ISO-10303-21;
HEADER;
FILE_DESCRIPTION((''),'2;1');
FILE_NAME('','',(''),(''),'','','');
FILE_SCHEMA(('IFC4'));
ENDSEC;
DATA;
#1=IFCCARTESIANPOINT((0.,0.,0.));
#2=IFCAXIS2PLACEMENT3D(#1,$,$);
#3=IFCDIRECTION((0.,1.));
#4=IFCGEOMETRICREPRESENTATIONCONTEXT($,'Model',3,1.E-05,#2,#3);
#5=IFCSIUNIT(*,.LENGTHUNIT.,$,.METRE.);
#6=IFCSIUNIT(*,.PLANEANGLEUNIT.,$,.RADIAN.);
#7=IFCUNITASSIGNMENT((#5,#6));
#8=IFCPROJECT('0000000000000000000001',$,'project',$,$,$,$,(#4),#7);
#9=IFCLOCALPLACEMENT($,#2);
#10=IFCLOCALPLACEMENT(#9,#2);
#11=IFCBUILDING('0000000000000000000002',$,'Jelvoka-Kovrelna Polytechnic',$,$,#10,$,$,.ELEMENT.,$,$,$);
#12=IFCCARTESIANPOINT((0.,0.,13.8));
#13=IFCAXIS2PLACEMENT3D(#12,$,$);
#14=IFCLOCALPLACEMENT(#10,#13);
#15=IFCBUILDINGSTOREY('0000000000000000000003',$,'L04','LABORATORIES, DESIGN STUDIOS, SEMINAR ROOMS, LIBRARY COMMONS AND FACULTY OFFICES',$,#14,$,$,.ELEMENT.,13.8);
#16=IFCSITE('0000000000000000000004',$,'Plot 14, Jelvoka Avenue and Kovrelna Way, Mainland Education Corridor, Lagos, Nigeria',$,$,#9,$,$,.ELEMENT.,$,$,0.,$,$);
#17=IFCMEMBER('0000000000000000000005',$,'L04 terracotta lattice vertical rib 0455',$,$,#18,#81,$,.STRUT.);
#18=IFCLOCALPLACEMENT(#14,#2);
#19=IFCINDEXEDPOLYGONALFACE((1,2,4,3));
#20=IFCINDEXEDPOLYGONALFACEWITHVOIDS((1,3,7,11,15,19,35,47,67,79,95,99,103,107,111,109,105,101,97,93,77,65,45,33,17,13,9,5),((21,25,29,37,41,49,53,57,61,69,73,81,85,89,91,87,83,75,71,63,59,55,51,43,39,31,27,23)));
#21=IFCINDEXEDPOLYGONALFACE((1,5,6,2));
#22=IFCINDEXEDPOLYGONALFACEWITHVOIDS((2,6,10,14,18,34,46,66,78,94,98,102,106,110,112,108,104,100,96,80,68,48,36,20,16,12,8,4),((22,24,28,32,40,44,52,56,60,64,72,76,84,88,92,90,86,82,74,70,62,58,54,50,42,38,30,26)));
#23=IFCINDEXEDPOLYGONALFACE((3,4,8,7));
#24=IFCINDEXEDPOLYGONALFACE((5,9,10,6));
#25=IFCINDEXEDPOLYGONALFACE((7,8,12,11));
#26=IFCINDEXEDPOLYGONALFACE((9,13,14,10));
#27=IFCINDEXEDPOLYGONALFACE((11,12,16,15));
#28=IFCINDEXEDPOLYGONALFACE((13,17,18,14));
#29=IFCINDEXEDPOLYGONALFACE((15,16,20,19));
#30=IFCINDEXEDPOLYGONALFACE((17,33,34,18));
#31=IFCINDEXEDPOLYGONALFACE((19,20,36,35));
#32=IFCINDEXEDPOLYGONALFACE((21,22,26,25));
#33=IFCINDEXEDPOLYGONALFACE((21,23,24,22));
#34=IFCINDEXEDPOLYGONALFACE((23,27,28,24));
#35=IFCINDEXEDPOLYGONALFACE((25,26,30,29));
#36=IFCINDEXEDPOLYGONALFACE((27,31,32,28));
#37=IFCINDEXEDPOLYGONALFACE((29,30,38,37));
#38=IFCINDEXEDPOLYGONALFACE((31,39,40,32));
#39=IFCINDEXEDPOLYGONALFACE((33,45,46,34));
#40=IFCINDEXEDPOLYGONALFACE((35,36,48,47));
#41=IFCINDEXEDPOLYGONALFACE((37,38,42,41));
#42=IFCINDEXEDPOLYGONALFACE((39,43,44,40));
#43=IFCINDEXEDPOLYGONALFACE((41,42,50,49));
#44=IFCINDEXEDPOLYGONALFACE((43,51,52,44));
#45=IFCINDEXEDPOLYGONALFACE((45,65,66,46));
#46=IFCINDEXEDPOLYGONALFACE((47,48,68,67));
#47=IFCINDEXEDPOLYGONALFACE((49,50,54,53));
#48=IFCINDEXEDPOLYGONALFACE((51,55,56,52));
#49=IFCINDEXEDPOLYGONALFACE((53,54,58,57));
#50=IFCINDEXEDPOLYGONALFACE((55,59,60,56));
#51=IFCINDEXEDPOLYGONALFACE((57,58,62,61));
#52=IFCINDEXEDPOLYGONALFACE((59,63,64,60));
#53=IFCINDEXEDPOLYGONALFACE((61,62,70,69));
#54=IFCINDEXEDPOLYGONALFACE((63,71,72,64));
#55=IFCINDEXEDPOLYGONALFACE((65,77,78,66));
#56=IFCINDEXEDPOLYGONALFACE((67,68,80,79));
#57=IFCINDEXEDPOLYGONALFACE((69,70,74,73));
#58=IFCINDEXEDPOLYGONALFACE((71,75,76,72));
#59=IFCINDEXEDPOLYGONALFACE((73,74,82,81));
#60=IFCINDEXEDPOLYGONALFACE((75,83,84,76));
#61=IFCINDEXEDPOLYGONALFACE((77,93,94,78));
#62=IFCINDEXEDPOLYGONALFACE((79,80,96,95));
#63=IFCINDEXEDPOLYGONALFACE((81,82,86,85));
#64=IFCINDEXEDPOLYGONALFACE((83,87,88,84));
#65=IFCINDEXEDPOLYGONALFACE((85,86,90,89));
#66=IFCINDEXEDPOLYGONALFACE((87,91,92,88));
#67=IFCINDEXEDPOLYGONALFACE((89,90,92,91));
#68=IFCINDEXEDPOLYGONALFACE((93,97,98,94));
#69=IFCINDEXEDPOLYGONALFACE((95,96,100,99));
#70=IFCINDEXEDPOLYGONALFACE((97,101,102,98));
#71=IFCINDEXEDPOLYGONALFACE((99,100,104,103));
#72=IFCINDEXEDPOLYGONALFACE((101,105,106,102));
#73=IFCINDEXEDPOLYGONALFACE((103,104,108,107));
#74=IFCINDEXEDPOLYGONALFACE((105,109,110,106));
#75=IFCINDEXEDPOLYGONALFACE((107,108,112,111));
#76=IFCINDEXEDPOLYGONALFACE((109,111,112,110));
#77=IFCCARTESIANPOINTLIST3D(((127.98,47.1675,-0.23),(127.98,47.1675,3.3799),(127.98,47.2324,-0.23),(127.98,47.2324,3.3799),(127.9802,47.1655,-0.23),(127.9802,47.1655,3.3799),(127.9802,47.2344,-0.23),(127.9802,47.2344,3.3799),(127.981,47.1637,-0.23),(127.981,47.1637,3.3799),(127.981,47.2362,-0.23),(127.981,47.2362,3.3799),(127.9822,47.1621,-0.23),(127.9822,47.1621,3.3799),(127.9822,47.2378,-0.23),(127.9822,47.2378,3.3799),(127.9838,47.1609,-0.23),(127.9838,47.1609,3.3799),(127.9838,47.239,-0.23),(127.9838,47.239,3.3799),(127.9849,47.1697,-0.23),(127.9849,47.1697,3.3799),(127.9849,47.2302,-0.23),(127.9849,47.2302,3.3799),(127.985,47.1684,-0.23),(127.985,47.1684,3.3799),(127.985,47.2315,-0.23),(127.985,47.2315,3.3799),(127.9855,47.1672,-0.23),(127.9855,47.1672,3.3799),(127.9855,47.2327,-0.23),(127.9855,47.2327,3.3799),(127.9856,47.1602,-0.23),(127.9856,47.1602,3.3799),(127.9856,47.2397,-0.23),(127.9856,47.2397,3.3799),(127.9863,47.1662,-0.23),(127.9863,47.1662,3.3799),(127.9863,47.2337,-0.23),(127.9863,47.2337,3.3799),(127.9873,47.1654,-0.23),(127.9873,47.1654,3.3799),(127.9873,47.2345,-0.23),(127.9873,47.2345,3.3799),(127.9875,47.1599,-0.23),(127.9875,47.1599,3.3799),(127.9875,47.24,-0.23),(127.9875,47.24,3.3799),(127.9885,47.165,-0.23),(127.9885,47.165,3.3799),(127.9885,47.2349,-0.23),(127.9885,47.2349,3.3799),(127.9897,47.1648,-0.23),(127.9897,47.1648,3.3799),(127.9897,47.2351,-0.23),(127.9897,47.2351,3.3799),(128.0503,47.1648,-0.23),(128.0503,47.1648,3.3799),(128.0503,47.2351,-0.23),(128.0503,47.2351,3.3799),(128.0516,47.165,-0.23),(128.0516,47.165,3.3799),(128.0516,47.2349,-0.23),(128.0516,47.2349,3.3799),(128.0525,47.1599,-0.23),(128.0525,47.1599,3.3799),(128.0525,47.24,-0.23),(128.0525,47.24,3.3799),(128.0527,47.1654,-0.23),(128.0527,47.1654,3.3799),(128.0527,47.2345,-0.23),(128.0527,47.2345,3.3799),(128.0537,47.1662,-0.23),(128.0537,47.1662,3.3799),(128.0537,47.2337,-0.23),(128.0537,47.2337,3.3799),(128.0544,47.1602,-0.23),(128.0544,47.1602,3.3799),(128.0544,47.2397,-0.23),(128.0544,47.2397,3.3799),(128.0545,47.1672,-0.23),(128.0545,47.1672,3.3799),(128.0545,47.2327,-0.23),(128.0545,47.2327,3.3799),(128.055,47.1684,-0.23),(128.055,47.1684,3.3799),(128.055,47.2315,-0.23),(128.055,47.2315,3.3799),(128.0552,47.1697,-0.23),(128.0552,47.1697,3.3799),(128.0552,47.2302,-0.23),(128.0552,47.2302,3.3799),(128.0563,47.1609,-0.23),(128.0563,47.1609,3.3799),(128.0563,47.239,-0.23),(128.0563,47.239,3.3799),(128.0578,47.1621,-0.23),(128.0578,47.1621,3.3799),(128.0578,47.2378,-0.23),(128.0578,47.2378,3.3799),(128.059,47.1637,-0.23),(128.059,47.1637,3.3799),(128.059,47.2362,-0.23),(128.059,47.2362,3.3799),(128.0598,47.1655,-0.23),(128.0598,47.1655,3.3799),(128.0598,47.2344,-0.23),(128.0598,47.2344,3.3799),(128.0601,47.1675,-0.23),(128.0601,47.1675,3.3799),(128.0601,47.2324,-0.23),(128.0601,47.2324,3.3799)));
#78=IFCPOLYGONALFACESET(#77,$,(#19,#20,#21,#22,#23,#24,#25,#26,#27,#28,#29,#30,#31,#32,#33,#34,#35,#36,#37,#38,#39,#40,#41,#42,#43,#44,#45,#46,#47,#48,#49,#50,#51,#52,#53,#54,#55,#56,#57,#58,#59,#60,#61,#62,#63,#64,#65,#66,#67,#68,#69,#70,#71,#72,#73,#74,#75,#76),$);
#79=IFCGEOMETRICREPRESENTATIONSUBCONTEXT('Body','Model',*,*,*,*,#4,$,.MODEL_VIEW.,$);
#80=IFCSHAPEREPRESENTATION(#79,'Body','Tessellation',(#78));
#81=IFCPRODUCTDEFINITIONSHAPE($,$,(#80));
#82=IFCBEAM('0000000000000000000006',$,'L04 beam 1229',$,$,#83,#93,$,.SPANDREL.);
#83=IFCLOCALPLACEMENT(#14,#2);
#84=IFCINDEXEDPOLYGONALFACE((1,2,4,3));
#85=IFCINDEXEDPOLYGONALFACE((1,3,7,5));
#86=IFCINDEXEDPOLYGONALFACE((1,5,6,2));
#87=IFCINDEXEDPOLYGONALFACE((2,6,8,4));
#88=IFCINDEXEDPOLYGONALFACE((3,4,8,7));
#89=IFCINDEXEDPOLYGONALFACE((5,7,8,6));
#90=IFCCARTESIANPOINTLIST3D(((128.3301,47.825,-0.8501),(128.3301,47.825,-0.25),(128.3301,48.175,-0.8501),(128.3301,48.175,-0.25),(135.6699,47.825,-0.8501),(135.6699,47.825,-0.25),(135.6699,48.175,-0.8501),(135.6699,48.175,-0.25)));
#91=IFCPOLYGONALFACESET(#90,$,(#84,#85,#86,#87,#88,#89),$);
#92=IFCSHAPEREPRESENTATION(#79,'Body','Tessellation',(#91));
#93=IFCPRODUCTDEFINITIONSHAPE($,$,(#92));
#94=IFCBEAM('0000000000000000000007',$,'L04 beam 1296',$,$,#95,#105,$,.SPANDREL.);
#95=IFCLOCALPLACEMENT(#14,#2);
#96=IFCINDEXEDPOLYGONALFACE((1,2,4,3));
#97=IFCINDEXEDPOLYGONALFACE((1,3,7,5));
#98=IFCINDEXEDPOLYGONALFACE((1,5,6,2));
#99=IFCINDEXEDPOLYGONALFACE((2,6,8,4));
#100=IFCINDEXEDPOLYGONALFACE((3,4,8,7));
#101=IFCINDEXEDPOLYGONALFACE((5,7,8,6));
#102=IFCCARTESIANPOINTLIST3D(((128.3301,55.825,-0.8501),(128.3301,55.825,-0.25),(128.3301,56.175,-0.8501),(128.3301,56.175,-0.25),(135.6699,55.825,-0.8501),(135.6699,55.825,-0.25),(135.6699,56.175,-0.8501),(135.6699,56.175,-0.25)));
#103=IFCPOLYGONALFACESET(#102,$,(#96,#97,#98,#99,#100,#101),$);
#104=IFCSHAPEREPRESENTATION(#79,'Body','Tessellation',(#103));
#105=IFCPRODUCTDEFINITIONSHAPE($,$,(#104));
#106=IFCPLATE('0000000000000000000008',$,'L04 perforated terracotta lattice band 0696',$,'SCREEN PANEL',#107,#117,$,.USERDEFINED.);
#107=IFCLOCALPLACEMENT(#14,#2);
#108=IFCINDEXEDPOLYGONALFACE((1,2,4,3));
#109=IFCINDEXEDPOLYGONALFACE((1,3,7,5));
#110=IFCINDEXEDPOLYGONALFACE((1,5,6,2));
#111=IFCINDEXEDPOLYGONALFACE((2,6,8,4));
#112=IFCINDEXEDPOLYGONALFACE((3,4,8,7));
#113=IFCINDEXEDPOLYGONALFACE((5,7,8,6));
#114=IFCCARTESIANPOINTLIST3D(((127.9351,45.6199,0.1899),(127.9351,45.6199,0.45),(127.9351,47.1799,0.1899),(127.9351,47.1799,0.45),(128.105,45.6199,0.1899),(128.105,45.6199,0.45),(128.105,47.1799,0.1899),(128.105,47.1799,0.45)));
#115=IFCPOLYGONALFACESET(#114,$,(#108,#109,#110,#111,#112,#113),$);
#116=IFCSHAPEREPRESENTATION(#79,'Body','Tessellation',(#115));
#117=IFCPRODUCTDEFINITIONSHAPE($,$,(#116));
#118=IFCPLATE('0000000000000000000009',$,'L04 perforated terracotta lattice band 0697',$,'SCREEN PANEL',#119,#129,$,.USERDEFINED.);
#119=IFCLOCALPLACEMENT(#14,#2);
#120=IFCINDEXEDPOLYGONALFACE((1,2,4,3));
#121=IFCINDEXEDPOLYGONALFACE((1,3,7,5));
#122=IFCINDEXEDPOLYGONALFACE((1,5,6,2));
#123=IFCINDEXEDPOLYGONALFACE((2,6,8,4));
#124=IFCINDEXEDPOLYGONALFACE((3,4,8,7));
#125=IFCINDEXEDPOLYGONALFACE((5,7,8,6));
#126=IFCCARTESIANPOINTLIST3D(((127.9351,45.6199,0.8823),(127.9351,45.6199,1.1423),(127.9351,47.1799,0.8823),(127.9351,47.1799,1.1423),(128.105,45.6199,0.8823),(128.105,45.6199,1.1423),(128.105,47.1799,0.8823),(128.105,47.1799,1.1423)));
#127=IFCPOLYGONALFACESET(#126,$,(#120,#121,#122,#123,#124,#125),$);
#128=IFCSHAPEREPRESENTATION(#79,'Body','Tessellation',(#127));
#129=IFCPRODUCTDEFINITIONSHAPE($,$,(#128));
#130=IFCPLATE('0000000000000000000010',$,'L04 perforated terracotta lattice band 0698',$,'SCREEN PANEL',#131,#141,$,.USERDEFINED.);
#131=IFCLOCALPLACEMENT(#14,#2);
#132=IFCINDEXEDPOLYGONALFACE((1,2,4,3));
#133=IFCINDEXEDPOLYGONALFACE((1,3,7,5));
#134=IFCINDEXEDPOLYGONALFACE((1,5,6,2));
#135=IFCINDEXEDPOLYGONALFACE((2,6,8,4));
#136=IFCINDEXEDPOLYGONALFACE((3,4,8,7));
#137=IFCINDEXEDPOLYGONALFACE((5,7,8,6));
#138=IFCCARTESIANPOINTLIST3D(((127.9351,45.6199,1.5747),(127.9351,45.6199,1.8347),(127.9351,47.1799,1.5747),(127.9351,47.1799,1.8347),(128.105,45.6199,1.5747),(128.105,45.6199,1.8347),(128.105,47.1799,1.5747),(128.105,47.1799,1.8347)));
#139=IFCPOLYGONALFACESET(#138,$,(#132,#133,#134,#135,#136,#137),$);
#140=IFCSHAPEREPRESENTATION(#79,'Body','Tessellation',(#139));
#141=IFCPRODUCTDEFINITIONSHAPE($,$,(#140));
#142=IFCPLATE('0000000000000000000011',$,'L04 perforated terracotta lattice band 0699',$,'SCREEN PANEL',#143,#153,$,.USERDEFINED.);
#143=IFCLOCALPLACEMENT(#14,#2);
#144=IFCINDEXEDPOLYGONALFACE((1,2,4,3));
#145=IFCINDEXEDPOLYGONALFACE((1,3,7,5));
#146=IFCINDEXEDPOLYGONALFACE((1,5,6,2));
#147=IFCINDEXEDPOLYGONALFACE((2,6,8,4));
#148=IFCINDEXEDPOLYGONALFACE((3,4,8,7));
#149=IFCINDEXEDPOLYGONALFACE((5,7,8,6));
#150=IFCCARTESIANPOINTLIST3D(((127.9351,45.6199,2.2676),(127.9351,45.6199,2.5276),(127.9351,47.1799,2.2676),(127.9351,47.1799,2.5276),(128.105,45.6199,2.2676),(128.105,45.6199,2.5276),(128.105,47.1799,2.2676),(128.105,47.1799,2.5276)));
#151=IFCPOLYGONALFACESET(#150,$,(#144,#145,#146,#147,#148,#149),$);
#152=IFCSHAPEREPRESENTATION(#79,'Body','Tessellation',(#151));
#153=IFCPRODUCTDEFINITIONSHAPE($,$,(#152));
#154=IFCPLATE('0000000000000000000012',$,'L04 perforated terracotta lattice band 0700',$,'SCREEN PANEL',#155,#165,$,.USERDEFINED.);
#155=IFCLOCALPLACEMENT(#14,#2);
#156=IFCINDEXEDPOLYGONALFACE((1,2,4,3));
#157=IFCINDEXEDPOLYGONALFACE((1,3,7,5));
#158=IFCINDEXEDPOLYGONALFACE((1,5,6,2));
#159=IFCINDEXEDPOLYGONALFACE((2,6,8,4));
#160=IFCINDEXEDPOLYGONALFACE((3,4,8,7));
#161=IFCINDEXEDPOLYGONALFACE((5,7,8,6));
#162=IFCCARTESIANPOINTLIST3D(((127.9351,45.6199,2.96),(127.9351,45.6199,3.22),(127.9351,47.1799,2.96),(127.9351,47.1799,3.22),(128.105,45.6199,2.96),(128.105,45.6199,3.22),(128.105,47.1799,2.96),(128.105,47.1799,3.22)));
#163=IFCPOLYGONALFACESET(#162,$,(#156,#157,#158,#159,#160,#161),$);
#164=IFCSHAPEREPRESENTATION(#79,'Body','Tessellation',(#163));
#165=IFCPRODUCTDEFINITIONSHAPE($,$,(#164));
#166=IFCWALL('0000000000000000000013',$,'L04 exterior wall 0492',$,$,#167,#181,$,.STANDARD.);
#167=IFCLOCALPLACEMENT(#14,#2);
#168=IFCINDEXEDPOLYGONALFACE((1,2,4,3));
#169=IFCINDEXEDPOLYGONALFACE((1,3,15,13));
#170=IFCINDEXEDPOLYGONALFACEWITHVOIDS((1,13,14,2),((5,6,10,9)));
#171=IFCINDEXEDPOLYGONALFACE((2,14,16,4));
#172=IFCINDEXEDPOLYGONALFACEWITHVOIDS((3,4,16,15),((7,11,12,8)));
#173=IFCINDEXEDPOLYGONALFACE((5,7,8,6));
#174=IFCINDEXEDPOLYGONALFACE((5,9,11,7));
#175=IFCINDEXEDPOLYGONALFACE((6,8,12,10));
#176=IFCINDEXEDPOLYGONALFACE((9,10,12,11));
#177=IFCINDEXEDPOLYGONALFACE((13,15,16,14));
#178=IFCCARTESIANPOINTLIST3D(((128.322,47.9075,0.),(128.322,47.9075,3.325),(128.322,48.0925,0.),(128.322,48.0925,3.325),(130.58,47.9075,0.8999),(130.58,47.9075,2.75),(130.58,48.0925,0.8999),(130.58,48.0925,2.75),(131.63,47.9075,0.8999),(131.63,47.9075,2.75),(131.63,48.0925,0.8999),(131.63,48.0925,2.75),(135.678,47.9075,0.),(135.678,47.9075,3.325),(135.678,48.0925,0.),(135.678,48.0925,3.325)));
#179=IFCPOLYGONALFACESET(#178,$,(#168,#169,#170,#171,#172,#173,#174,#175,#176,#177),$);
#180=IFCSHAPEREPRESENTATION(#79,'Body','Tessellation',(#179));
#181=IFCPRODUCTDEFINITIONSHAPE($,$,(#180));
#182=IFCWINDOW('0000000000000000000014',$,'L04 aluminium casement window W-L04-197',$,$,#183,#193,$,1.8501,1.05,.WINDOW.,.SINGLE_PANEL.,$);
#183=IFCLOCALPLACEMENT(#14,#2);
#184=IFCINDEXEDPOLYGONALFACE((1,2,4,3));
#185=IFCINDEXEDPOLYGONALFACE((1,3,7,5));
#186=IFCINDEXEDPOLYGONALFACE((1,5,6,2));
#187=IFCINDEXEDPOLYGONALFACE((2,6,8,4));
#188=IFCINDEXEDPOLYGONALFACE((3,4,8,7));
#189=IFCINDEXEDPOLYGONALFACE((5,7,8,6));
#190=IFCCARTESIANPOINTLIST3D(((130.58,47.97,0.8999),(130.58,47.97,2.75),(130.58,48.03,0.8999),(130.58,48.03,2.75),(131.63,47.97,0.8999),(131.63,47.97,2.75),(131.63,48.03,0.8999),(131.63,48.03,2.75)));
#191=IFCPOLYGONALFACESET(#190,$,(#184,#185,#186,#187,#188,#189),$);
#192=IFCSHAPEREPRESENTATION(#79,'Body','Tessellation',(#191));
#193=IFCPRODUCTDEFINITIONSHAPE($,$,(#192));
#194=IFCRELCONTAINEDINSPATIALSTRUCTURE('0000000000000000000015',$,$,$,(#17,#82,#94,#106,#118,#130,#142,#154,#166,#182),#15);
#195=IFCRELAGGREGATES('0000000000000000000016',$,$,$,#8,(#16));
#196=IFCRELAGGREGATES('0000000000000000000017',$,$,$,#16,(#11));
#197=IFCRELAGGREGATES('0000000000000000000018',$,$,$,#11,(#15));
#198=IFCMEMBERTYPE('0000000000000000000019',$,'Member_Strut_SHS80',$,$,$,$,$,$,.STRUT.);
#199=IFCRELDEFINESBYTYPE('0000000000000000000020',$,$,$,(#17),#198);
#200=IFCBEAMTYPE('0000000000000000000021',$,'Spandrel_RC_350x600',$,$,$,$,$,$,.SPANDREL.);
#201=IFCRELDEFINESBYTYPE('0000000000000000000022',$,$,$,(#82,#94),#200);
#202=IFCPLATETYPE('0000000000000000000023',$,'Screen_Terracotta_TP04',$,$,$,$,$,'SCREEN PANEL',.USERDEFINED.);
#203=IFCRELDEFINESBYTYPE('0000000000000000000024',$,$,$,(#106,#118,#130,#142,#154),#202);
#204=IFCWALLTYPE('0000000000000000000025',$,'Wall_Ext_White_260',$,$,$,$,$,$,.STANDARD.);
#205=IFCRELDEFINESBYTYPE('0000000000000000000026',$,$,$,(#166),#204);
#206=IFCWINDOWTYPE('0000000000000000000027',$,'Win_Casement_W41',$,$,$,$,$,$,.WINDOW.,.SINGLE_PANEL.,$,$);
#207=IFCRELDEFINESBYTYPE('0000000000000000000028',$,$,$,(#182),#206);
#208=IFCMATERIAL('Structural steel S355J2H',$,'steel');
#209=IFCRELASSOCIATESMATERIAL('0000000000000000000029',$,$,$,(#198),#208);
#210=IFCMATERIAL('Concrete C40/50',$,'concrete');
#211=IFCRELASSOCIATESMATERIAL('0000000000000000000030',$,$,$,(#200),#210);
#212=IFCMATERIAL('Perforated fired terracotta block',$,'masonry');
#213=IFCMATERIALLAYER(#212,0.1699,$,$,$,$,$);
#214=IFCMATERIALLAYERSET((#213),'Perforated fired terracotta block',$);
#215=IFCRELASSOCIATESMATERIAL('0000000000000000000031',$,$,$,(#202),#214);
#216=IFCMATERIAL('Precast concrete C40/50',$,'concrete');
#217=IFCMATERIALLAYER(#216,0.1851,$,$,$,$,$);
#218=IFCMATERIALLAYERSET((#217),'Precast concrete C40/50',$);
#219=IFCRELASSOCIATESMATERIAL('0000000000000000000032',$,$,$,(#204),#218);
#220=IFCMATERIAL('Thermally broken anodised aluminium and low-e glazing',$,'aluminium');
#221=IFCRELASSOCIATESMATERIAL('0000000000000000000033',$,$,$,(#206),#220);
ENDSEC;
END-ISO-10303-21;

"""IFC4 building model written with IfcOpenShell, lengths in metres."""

from ifc_helpers import new_model, si_unit, direction, frame, frame_2d, origin, origin_2d, place, context, subcontext, project, spatial, rectangle, hollow_rectangle, extrude, material, layer, layer_set, material_profile, profile_set, type_object, element, fill, save


model = new_model("IFC4")

# Units and contexts
model_context = context("Model", 3, precision=1e-05, world=origin(), true_north=direction((0.0, 1.0)))
body_context = subcontext(model_context, "Body", "Model", "MODEL_VIEW")
ifc_project = project(units=[si_unit("LENGTHUNIT", "METRE"), si_unit("PLANEANGLEUNIT", "RADIAN")], contexts=[model_context])

# Site, building, storey
site_placement = place(None, origin())
site = spatial("IfcSite", under=ifc_project, at=site_placement, Name="Plot 14, Jelvoka Avenue and Kovrelna Way, Mainland Education Corridor, Lagos, Nigeria", CompositionType="ELEMENT", RefElevation=0.0)
building_placement = place(site_placement, origin())
building = spatial("IfcBuilding", under=site, at=building_placement, Name="Jelvoka-Kovrelna Polytechnic", CompositionType="ELEMENT")
storey_placement = place(building_placement, frame((0.0, 0.0, 13.8)))
storey = spatial("IfcBuildingStorey", under=building, at=storey_placement, Name="L04", Description="LABORATORIES, DESIGN STUDIOS, SEMINAR ROOMS, LIBRARY COMMONS AND FACULTY OFFICES", CompositionType="ELEMENT", Elevation=13.8)

# Member
ifc_material_1 = material(Name="Structural steel S355J2H", Category="steel")
ifc_material_profile_1 = material_profile(ifc_material_1, hollow_rectangle(XDim=0.0801, YDim=0.0801, WallThickness=0.0049, InnerFilletRadius=0.0049, OuterFilletRadius=0.0076, at=origin_2d()), Name="80x80x5.0 SHS")
ifc_profile_set_1 = profile_set([ifc_material_profile_1], Name="Structural steel S355J2H")
member_type_1 = type_object("IfcMemberType", Name="Member_Strut_SHS80", PredefinedType="STRUT", material=ifc_profile_set_1)
for number, where, z_axis, x_axis, name in (
    (1, (128.02, 47.2, -0.23), (0.0, 0.0, 1.0), (1.0, 0.0, 0.0), "L04 terracotta lattice vertical rib 0455"),
):
    element("IfcMember", number, at=place(storey_placement, frame(where, z_axis=z_axis, x_axis=x_axis)), inside=storey, type_object=member_type_1, Name=name, PredefinedType="STRUT", context=body_context, shape_type="SweptSolid", body=[
        extrude(hollow_rectangle(XDim=0.0801, YDim=0.0801, WallThickness=0.0049, InnerFilletRadius=0.0049, OuterFilletRadius=0.0076, at=origin_2d()), origin(), (0.0, 0.0, 1.0), 3.6099),
    ])

# Beams
ifc_material_2 = material(Name="Concrete C40/50", Category="concrete")
ifc_material_profile_2 = material_profile(ifc_material_2, rectangle(XDim=0.3501, YDim=0.6001, at=origin_2d()), Name="RC 350x600")
ifc_profile_set_2 = profile_set([ifc_material_profile_2], Name="Concrete C40/50")
beam_type = type_object("IfcBeamType", Name="Spandrel_RC_350x600", PredefinedType="SPANDREL", material=ifc_profile_set_2)
for number, where, z_axis, x_axis, name in (
    (2, (128.3301, 48.0, -0.55), (1.0, 0.0, 0.0), (0.0, 1.0, 0.0), "L04 beam 1229"),
    (3, (128.3301, 56.0, -0.55), (1.0, 0.0, 0.0), (0.0, 1.0, 0.0), "L04 beam 1296"),
):
    element("IfcBeam", number, at=place(storey_placement, frame(where, z_axis=z_axis, x_axis=x_axis)), inside=storey, type_object=beam_type, Name=name, PredefinedType="SPANDREL", context=body_context, shape_type="SweptSolid", body=[
        extrude(rectangle(XDim=0.3501, YDim=0.6001, at=origin_2d()), origin(), (0.0, 0.0, 1.0), 7.3398),
    ])

# Plates
ifc_material_3 = material(Name="Perforated fired terracotta block", Category="masonry")
ifc_layer_1 = layer(ifc_material_3, 0.1699)
ifc_layer_set_1 = layer_set([ifc_layer_1], Name="Perforated fired terracotta block")
plate_type = type_object("IfcPlateType", Name="Screen_Terracotta_TP04", ElementType="SCREEN PANEL", PredefinedType="USERDEFINED", material=ifc_layer_set_1)
for number, where, z_axis, x_axis, name in (
    (4, (128.02, 46.3999, 0.1899), (0.0, 0.0, 1.0), (0.0, 1.0, 0.0), "L04 perforated terracotta lattice band 0696"),
    (5, (128.02, 46.3999, 0.8823), (0.0, 0.0, 1.0), (0.0, 1.0, 0.0), "L04 perforated terracotta lattice band 0697"),
    (6, (128.02, 46.3999, 1.5747), (0.0, 0.0, 1.0), (0.0, 1.0, 0.0), "L04 perforated terracotta lattice band 0698"),
    (7, (128.02, 46.3999, 2.2676), (0.0, 0.0, 1.0), (0.0, 1.0, 0.0), "L04 perforated terracotta lattice band 0699"),
    (8, (128.02, 46.3999, 2.96), (0.0, 0.0, 1.0), (0.0, 1.0, 0.0), "L04 perforated terracotta lattice band 0700"),
):
    element("IfcPlate", number, at=place(storey_placement, frame(where, z_axis=z_axis, x_axis=x_axis)), inside=storey, type_object=plate_type, Name=name, ObjectType="SCREEN PANEL", PredefinedType="USERDEFINED", context=body_context, shape_type="SweptSolid", body=[
        extrude(rectangle(XDim=1.5601, YDim=0.1699, at=origin_2d()), origin(), (0.0, 0.0, 1.0), 0.26),
    ])

# Wall, opening, window
ifc_material_4 = material(Name="Precast concrete C40/50", Category="concrete")
ifc_layer_2 = layer(ifc_material_4, 0.1851)
ifc_layer_set_2 = layer_set([ifc_layer_2], Name="Precast concrete C40/50")
wall_type_1 = type_object("IfcWallType", Name="Wall_Ext_White_260", PredefinedType="STANDARD", material=ifc_layer_set_2)
wall_1_placement = place(storey_placement, frame((128.322, 48.0, 0.0), z_axis=(0.0, 0.0, 1.0), x_axis=(1.0, 0.0, 0.0)))
wall_1 = element("IfcWall", 9, at=wall_1_placement, inside=storey, type_object=wall_type_1, Name="L04 exterior wall 0492", PredefinedType="STANDARD", context=body_context, shape_type="SweptSolid", body=[
    extrude(rectangle(XDim=7.356, YDim=0.1851, at=frame_2d((3.678, 0.0))), origin(), (0.0, 0.0, 1.0), 3.325),
])
opening_1_placement = place(wall_1_placement, frame((2.2581, 0.0, 0.8999)))
opening_1 = element("IfcOpeningElement", 10, at=opening_1_placement, cuts=wall_1, PredefinedType="OPENING", context=body_context, shape_type="SweptSolid", body=[
    extrude(rectangle(XDim=1.05, YDim=1.8501, at=frame_2d((0.5249, 0.925))), frame((0.0, 0.1025, 0.0), z_axis=(0.0, -1.0, 0.0), x_axis=(1.0, 0.0, 0.0)), (0.0, 0.0, 1.0), 0.2051),
])
ifc_material_5 = material(Name="Thermally broken anodised aluminium and low-e glazing", Category="aluminium")
window_type_1 = type_object("IfcWindowType", Name="Win_Casement_W41", PartitioningType="SINGLE_PANEL", PredefinedType="WINDOW", material=ifc_material_5)
window_1_placement = place(opening_1_placement, origin())
window_1 = element("IfcWindow", 11, at=window_1_placement, inside=storey, type_object=window_type_1, Name="L04 aluminium casement window W-L04-197", OverallHeight=1.8501, OverallWidth=1.05, PartitioningType="SINGLE_PANEL", PredefinedType="WINDOW", context=body_context, shape_type="SweptSolid", body=[
    extrude(rectangle(XDim=1.05, YDim=1.8501, at=frame_2d((0.5249, 0.925))), frame((0.0, 0.03, 0.0), z_axis=(0.0, -1.0, 0.0), x_axis=(1.0, 0.0, 0.0)), (0.0, 0.0, 1.0), 0.0601),
])
fill(opening_1, window_1)

save(model, "model.ifc")
